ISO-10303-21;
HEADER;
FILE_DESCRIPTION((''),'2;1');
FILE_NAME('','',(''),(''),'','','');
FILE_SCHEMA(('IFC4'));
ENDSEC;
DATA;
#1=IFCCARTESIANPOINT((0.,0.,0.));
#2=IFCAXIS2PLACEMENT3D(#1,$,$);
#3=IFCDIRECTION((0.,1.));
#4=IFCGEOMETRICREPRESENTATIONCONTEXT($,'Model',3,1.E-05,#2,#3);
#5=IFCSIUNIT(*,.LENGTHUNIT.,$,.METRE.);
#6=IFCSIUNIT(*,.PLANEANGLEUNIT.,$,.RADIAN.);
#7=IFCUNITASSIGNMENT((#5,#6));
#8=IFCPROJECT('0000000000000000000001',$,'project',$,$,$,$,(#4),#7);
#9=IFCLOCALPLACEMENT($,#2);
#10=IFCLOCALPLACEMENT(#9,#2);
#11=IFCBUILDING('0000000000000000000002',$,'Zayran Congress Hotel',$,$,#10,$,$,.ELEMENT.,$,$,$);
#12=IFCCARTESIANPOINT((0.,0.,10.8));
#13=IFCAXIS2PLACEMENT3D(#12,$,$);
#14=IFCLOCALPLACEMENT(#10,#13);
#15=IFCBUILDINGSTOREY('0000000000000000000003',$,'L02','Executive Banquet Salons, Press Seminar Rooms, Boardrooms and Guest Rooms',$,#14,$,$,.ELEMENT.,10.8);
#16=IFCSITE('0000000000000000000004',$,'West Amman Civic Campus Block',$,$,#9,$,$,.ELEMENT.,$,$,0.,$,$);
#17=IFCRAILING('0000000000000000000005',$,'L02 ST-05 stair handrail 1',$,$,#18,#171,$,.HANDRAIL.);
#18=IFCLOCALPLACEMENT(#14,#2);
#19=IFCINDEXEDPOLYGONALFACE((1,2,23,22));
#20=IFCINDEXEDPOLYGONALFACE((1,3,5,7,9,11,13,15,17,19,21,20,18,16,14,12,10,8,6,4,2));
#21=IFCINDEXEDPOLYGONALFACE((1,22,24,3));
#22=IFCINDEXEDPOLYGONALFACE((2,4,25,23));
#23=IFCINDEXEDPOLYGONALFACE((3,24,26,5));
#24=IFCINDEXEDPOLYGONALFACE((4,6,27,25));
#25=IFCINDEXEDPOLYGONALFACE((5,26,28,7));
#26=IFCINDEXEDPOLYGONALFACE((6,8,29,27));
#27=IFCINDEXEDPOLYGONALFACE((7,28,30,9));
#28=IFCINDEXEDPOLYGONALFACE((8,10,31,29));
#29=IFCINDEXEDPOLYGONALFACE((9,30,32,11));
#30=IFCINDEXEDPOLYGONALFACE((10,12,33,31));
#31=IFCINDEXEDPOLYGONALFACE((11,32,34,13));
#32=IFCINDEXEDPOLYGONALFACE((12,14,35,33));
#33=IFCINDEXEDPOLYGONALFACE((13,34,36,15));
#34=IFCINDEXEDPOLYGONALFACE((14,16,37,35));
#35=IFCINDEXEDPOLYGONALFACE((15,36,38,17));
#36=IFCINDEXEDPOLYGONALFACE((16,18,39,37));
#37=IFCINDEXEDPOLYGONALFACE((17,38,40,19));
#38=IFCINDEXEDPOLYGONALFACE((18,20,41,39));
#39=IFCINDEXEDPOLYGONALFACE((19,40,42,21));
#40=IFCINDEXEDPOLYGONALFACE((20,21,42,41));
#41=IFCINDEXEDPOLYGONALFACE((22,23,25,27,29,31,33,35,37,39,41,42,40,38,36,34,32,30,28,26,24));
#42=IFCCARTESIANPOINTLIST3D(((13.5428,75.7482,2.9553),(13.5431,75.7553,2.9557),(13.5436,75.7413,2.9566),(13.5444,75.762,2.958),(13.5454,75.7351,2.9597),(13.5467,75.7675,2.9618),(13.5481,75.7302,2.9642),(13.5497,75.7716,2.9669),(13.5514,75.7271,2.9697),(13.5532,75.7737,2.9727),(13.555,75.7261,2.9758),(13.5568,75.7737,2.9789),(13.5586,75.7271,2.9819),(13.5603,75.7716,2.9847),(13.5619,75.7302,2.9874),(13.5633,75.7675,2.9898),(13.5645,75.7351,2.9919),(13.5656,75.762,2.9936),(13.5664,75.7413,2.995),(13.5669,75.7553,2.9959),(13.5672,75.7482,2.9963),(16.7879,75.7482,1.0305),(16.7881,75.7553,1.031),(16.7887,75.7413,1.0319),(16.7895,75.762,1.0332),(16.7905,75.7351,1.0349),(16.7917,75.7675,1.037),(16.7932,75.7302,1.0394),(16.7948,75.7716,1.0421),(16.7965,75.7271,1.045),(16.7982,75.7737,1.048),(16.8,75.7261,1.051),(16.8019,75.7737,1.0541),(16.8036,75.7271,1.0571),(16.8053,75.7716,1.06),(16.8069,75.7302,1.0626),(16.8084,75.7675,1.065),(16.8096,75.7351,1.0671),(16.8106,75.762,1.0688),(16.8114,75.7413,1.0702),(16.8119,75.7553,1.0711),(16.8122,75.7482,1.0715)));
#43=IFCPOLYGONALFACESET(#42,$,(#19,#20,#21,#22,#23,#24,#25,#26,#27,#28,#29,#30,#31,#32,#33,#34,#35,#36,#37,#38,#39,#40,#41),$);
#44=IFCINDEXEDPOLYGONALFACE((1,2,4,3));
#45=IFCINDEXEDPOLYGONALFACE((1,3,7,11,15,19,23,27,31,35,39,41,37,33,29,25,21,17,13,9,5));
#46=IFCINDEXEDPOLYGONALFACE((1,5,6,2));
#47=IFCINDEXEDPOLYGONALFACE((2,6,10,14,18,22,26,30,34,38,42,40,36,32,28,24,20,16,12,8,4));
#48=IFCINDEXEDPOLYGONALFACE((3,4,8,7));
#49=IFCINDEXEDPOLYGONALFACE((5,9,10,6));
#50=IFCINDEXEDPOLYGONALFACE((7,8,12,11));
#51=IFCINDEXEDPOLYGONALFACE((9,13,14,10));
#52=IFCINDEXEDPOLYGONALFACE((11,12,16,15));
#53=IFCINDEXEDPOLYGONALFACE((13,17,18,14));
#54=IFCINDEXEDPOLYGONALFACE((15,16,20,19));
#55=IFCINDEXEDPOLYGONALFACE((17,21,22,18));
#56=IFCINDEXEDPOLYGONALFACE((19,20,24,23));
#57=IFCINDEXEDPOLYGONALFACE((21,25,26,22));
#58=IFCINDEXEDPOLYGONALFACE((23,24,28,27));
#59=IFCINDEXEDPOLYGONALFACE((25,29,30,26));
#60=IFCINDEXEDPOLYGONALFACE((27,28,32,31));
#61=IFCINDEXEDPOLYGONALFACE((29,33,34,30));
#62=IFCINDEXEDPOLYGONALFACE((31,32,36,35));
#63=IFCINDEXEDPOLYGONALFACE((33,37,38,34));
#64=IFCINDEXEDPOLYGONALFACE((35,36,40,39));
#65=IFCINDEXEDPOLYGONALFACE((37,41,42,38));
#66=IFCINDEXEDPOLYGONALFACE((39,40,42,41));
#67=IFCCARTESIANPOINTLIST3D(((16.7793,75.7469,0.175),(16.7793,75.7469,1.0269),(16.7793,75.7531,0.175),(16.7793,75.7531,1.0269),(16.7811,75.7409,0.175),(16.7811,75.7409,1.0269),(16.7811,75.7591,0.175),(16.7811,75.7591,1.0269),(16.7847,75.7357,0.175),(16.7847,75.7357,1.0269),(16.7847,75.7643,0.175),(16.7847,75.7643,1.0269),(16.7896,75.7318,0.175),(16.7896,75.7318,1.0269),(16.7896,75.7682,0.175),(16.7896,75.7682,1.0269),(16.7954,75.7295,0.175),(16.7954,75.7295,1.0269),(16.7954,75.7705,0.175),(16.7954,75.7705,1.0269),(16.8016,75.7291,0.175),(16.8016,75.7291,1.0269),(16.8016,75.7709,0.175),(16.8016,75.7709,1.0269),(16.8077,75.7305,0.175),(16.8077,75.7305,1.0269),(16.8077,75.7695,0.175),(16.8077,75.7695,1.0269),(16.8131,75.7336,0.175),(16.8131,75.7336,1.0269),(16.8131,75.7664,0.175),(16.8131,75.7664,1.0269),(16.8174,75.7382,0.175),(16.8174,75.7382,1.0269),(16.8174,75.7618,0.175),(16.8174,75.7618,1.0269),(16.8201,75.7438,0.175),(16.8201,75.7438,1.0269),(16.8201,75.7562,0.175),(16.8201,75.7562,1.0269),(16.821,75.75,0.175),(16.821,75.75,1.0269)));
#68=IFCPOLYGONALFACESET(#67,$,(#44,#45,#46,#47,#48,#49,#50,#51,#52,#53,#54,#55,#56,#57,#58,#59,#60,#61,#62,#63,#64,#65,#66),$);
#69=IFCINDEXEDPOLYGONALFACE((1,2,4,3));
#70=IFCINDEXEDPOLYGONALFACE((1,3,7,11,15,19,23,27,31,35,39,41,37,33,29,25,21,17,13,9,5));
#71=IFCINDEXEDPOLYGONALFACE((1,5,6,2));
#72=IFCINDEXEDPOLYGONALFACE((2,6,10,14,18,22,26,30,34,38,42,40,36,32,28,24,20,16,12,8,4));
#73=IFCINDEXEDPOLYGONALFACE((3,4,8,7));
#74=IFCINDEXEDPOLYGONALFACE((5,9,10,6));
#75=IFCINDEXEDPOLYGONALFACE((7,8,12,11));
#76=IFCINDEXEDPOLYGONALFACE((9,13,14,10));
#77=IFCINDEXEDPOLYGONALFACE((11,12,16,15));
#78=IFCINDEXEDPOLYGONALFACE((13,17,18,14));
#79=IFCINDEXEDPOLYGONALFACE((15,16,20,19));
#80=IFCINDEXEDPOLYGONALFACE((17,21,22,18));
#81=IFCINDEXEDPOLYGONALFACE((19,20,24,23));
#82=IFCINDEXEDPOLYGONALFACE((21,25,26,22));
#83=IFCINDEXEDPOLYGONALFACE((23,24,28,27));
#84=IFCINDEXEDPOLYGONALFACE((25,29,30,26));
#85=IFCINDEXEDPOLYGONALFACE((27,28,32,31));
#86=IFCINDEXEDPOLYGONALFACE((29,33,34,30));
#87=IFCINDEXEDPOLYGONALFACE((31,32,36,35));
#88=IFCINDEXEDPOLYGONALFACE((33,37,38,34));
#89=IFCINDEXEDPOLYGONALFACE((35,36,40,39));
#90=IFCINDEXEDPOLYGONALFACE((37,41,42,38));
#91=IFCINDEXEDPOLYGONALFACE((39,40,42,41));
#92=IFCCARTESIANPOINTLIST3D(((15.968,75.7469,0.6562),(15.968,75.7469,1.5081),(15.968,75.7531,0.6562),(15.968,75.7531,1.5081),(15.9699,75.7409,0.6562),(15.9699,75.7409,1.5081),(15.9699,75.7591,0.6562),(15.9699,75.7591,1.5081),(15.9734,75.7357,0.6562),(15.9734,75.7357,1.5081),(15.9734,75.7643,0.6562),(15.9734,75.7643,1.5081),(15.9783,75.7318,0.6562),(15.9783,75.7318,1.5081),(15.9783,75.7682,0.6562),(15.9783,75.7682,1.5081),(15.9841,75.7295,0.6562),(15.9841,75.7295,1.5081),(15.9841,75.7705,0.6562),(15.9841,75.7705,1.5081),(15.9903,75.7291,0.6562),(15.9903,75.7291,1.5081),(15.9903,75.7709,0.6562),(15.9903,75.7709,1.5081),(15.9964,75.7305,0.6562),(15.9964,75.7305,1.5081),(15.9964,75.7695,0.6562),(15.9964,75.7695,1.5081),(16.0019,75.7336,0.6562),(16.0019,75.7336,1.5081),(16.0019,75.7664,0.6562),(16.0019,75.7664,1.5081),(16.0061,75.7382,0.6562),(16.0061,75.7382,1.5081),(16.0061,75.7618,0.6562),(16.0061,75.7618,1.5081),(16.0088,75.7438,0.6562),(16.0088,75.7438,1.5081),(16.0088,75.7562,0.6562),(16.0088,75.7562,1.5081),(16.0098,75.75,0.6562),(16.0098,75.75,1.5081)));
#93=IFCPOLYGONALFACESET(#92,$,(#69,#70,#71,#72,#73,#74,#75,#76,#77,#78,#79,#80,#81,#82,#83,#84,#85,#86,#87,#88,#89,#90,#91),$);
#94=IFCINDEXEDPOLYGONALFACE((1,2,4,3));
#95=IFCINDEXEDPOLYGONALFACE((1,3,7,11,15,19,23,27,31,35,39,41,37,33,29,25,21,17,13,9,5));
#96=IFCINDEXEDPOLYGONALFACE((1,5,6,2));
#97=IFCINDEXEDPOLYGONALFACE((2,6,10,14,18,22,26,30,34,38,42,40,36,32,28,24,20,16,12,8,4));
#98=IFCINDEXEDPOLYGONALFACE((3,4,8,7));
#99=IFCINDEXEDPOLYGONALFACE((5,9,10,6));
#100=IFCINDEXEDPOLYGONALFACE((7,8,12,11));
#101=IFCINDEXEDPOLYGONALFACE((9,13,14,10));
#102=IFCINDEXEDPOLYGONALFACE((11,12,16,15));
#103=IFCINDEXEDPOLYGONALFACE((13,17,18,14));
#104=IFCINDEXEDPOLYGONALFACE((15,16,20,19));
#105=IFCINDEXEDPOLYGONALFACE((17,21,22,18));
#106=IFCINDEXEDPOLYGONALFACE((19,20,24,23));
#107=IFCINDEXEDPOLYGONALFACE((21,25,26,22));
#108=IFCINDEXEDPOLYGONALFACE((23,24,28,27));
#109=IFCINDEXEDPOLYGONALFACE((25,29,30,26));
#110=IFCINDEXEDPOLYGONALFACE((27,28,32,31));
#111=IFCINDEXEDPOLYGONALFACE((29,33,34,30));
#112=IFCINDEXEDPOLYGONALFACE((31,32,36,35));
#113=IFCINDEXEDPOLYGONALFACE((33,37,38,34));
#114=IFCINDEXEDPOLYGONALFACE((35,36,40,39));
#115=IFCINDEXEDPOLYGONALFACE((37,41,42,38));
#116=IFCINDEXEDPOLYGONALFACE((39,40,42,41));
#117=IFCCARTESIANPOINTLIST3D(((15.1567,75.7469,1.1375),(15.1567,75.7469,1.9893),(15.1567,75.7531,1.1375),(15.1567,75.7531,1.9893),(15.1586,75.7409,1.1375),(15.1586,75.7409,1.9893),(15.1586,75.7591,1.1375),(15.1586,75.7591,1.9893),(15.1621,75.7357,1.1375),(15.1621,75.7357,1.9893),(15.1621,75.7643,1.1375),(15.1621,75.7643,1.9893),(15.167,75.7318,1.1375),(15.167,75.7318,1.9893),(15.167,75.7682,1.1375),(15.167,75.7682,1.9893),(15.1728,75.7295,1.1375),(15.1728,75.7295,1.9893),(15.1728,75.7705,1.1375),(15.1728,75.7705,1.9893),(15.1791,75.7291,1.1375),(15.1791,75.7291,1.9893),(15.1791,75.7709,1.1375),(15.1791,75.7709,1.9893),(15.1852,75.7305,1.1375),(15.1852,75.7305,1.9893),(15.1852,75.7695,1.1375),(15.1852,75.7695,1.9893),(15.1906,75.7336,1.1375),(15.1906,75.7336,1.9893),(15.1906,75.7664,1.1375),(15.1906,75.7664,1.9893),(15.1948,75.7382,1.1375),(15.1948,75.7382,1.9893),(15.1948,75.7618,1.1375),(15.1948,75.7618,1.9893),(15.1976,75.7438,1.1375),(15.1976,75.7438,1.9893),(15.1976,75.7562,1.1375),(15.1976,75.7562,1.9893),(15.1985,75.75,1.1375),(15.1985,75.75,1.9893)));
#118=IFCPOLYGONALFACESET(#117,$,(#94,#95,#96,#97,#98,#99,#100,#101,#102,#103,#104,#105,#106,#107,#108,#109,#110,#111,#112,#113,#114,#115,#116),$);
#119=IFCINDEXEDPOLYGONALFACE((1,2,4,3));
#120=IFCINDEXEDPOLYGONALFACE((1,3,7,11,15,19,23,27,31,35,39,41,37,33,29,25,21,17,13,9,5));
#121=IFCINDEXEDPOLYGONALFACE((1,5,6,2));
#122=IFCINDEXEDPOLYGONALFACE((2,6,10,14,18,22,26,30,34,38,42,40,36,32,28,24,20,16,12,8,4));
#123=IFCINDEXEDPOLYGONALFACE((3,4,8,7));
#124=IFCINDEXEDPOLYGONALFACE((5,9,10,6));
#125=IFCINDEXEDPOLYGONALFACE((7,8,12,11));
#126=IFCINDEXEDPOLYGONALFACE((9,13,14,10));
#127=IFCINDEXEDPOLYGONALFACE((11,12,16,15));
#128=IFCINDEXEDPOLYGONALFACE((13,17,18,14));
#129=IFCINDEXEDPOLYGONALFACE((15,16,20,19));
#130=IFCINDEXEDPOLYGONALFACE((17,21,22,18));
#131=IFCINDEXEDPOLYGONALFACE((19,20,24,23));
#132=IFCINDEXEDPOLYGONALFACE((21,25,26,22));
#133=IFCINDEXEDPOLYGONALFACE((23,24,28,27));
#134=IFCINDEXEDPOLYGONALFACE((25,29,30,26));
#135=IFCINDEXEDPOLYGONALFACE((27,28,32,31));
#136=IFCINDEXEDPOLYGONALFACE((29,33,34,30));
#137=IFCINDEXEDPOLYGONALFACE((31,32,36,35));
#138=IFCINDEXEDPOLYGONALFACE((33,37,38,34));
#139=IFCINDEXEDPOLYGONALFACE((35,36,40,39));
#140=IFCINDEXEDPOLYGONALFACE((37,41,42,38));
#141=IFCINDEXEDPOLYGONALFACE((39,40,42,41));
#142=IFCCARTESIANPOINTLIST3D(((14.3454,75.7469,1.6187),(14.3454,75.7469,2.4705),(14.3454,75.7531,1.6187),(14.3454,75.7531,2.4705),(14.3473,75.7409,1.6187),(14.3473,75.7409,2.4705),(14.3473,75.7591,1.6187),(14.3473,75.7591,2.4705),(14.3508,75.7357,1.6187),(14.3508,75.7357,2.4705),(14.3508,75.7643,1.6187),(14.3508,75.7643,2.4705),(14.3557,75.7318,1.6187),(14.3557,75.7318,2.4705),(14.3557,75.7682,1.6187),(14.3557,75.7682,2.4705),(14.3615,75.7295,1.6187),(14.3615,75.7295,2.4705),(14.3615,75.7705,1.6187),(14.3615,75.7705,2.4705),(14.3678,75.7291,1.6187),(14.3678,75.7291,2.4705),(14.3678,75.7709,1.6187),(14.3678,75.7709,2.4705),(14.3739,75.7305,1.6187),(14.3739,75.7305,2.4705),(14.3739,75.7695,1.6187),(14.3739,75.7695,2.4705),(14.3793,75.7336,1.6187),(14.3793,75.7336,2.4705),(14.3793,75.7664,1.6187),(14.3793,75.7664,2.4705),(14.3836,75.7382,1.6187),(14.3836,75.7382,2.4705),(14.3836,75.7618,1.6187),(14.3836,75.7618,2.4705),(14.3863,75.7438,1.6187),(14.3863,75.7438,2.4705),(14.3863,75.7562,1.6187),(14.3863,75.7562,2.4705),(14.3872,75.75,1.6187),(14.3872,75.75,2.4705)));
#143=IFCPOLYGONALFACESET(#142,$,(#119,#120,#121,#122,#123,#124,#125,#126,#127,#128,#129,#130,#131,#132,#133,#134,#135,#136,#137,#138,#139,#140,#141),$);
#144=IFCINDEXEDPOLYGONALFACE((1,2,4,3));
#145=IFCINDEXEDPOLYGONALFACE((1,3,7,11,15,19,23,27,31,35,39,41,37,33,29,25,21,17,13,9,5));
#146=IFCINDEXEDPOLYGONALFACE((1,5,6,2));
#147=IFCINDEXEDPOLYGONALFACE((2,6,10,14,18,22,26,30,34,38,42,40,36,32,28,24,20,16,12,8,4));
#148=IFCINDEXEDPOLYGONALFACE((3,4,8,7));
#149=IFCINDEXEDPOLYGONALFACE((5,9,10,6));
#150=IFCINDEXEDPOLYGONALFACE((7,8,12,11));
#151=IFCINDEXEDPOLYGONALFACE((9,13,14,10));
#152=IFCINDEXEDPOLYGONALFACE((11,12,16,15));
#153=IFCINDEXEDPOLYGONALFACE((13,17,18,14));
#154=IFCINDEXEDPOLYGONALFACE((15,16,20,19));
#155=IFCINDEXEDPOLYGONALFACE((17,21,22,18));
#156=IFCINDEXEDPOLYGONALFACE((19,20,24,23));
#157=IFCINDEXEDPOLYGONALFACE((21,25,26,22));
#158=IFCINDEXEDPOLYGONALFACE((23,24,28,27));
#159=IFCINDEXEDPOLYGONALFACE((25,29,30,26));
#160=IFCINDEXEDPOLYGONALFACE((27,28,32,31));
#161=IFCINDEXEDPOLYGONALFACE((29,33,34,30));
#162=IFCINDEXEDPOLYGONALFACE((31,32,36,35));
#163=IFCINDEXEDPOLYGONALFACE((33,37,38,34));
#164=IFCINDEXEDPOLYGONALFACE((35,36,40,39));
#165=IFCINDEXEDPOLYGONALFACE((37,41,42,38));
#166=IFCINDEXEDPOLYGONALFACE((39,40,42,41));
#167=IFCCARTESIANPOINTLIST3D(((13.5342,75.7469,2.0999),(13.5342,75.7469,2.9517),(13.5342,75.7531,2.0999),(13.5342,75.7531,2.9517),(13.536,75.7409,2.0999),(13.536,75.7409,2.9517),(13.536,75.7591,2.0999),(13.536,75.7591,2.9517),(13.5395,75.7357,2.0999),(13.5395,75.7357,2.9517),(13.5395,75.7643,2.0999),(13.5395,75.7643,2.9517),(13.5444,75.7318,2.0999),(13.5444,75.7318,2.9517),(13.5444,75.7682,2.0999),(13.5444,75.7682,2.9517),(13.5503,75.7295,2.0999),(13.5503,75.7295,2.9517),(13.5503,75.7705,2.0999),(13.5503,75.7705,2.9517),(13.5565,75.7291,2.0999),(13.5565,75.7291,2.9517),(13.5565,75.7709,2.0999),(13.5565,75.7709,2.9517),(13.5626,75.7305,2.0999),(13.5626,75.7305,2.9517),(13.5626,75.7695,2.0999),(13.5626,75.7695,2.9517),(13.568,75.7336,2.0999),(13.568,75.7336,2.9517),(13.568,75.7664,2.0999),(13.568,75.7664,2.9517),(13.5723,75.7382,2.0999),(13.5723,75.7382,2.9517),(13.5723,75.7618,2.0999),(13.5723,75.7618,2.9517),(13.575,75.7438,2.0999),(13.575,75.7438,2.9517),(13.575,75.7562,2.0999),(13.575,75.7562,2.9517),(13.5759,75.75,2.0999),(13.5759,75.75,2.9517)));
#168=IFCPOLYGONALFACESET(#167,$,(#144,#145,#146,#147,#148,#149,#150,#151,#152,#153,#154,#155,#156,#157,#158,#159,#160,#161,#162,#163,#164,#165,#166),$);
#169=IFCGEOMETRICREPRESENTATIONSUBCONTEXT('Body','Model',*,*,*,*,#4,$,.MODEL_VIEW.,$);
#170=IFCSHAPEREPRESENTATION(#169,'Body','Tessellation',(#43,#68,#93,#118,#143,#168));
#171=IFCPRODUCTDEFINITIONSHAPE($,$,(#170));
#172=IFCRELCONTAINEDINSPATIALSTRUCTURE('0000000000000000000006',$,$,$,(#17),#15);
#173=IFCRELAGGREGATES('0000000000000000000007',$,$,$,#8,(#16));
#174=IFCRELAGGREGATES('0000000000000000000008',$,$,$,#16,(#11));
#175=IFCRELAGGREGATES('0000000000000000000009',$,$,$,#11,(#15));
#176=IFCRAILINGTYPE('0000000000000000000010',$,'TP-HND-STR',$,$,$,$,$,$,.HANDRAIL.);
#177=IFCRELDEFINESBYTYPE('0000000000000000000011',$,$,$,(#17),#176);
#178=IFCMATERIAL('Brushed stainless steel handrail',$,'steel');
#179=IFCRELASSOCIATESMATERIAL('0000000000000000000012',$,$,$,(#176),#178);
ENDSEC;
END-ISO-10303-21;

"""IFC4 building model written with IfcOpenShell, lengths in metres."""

from ifc_helpers import new_model, si_unit, direction, frame, origin, origin_2d, place, context, subcontext, project, spatial, circle, extrude, material, type_object, element, save


model = new_model("IFC4")

# Units and contexts
model_context = context("Model", 3, precision=1e-05, world=origin(), true_north=direction((0.0, 1.0)))
body_context = subcontext(model_context, "Body", "Model", "MODEL_VIEW")
ifc_project = project(units=[si_unit("LENGTHUNIT", "METRE"), si_unit("PLANEANGLEUNIT", "RADIAN")], contexts=[model_context])

# Site, building, storey
site_placement = place(None, origin())
site = spatial("IfcSite", under=ifc_project, at=site_placement, Name="West Amman Civic Campus Block", CompositionType="ELEMENT", RefElevation=0.0)
building_placement = place(site_placement, origin())
building = spatial("IfcBuilding", under=site, at=building_placement, Name="Zayran Congress Hotel", CompositionType="ELEMENT")
storey_placement = place(building_placement, frame((0.0, 0.0, 10.8)))
storey = spatial("IfcBuildingStorey", under=building, at=storey_placement, Name="L02", Description="Executive Banquet Salons, Press Seminar Rooms, Boardrooms and Guest Rooms", CompositionType="ELEMENT", Elevation=10.8)

# Railing
ifc_material_1 = material(Name="Brushed stainless steel handrail", Category="steel")
railing_type_1 = type_object("IfcRailingType", Name="TP-HND-STR", PredefinedType="HANDRAIL", material=ifc_material_1)
railing_1_placement = place(storey_placement, frame((16.8, 75.75, 0.175)))
element("IfcRailing", 1, at=railing_1_placement, inside=storey, type_object=railing_type_1, Name="L02 ST-05 stair handrail 1", PredefinedType="HANDRAIL", context=body_context, shape_type="SweptSolid", body=[
    extrude(circle(Radius=0.0239, at=origin_2d()), frame((0.0, 0.0, 0.876), z_axis=(-0.860085, 0.0, 0.51015), x_axis=(0.0, -1.0, 0.0)), (0.0, 0.0, 1.0), 3.7729),
    extrude(circle(Radius=0.021, at=origin_2d()), origin(), (0.0, 0.0, 1.0), 0.8518),
    extrude(circle(Radius=0.021, at=origin_2d()), frame((-0.8113, 0.0, 0.4812)), (0.0, 0.0, 1.0), 0.8518),
    extrude(circle(Radius=0.021, at=origin_2d()), frame((-1.6226, 0.0, 0.9624)), (0.0, 0.0, 1.0), 0.8518),
    extrude(circle(Radius=0.021, at=origin_2d()), frame((-2.4338, 0.0, 1.4436)), (0.0, 0.0, 1.0), 0.8518),
    extrude(circle(Radius=0.021, at=origin_2d()), frame((-3.2451, 0.0, 1.9248)), (0.0, 0.0, 1.0), 0.8518),
])

save(model, "model.ifc")
